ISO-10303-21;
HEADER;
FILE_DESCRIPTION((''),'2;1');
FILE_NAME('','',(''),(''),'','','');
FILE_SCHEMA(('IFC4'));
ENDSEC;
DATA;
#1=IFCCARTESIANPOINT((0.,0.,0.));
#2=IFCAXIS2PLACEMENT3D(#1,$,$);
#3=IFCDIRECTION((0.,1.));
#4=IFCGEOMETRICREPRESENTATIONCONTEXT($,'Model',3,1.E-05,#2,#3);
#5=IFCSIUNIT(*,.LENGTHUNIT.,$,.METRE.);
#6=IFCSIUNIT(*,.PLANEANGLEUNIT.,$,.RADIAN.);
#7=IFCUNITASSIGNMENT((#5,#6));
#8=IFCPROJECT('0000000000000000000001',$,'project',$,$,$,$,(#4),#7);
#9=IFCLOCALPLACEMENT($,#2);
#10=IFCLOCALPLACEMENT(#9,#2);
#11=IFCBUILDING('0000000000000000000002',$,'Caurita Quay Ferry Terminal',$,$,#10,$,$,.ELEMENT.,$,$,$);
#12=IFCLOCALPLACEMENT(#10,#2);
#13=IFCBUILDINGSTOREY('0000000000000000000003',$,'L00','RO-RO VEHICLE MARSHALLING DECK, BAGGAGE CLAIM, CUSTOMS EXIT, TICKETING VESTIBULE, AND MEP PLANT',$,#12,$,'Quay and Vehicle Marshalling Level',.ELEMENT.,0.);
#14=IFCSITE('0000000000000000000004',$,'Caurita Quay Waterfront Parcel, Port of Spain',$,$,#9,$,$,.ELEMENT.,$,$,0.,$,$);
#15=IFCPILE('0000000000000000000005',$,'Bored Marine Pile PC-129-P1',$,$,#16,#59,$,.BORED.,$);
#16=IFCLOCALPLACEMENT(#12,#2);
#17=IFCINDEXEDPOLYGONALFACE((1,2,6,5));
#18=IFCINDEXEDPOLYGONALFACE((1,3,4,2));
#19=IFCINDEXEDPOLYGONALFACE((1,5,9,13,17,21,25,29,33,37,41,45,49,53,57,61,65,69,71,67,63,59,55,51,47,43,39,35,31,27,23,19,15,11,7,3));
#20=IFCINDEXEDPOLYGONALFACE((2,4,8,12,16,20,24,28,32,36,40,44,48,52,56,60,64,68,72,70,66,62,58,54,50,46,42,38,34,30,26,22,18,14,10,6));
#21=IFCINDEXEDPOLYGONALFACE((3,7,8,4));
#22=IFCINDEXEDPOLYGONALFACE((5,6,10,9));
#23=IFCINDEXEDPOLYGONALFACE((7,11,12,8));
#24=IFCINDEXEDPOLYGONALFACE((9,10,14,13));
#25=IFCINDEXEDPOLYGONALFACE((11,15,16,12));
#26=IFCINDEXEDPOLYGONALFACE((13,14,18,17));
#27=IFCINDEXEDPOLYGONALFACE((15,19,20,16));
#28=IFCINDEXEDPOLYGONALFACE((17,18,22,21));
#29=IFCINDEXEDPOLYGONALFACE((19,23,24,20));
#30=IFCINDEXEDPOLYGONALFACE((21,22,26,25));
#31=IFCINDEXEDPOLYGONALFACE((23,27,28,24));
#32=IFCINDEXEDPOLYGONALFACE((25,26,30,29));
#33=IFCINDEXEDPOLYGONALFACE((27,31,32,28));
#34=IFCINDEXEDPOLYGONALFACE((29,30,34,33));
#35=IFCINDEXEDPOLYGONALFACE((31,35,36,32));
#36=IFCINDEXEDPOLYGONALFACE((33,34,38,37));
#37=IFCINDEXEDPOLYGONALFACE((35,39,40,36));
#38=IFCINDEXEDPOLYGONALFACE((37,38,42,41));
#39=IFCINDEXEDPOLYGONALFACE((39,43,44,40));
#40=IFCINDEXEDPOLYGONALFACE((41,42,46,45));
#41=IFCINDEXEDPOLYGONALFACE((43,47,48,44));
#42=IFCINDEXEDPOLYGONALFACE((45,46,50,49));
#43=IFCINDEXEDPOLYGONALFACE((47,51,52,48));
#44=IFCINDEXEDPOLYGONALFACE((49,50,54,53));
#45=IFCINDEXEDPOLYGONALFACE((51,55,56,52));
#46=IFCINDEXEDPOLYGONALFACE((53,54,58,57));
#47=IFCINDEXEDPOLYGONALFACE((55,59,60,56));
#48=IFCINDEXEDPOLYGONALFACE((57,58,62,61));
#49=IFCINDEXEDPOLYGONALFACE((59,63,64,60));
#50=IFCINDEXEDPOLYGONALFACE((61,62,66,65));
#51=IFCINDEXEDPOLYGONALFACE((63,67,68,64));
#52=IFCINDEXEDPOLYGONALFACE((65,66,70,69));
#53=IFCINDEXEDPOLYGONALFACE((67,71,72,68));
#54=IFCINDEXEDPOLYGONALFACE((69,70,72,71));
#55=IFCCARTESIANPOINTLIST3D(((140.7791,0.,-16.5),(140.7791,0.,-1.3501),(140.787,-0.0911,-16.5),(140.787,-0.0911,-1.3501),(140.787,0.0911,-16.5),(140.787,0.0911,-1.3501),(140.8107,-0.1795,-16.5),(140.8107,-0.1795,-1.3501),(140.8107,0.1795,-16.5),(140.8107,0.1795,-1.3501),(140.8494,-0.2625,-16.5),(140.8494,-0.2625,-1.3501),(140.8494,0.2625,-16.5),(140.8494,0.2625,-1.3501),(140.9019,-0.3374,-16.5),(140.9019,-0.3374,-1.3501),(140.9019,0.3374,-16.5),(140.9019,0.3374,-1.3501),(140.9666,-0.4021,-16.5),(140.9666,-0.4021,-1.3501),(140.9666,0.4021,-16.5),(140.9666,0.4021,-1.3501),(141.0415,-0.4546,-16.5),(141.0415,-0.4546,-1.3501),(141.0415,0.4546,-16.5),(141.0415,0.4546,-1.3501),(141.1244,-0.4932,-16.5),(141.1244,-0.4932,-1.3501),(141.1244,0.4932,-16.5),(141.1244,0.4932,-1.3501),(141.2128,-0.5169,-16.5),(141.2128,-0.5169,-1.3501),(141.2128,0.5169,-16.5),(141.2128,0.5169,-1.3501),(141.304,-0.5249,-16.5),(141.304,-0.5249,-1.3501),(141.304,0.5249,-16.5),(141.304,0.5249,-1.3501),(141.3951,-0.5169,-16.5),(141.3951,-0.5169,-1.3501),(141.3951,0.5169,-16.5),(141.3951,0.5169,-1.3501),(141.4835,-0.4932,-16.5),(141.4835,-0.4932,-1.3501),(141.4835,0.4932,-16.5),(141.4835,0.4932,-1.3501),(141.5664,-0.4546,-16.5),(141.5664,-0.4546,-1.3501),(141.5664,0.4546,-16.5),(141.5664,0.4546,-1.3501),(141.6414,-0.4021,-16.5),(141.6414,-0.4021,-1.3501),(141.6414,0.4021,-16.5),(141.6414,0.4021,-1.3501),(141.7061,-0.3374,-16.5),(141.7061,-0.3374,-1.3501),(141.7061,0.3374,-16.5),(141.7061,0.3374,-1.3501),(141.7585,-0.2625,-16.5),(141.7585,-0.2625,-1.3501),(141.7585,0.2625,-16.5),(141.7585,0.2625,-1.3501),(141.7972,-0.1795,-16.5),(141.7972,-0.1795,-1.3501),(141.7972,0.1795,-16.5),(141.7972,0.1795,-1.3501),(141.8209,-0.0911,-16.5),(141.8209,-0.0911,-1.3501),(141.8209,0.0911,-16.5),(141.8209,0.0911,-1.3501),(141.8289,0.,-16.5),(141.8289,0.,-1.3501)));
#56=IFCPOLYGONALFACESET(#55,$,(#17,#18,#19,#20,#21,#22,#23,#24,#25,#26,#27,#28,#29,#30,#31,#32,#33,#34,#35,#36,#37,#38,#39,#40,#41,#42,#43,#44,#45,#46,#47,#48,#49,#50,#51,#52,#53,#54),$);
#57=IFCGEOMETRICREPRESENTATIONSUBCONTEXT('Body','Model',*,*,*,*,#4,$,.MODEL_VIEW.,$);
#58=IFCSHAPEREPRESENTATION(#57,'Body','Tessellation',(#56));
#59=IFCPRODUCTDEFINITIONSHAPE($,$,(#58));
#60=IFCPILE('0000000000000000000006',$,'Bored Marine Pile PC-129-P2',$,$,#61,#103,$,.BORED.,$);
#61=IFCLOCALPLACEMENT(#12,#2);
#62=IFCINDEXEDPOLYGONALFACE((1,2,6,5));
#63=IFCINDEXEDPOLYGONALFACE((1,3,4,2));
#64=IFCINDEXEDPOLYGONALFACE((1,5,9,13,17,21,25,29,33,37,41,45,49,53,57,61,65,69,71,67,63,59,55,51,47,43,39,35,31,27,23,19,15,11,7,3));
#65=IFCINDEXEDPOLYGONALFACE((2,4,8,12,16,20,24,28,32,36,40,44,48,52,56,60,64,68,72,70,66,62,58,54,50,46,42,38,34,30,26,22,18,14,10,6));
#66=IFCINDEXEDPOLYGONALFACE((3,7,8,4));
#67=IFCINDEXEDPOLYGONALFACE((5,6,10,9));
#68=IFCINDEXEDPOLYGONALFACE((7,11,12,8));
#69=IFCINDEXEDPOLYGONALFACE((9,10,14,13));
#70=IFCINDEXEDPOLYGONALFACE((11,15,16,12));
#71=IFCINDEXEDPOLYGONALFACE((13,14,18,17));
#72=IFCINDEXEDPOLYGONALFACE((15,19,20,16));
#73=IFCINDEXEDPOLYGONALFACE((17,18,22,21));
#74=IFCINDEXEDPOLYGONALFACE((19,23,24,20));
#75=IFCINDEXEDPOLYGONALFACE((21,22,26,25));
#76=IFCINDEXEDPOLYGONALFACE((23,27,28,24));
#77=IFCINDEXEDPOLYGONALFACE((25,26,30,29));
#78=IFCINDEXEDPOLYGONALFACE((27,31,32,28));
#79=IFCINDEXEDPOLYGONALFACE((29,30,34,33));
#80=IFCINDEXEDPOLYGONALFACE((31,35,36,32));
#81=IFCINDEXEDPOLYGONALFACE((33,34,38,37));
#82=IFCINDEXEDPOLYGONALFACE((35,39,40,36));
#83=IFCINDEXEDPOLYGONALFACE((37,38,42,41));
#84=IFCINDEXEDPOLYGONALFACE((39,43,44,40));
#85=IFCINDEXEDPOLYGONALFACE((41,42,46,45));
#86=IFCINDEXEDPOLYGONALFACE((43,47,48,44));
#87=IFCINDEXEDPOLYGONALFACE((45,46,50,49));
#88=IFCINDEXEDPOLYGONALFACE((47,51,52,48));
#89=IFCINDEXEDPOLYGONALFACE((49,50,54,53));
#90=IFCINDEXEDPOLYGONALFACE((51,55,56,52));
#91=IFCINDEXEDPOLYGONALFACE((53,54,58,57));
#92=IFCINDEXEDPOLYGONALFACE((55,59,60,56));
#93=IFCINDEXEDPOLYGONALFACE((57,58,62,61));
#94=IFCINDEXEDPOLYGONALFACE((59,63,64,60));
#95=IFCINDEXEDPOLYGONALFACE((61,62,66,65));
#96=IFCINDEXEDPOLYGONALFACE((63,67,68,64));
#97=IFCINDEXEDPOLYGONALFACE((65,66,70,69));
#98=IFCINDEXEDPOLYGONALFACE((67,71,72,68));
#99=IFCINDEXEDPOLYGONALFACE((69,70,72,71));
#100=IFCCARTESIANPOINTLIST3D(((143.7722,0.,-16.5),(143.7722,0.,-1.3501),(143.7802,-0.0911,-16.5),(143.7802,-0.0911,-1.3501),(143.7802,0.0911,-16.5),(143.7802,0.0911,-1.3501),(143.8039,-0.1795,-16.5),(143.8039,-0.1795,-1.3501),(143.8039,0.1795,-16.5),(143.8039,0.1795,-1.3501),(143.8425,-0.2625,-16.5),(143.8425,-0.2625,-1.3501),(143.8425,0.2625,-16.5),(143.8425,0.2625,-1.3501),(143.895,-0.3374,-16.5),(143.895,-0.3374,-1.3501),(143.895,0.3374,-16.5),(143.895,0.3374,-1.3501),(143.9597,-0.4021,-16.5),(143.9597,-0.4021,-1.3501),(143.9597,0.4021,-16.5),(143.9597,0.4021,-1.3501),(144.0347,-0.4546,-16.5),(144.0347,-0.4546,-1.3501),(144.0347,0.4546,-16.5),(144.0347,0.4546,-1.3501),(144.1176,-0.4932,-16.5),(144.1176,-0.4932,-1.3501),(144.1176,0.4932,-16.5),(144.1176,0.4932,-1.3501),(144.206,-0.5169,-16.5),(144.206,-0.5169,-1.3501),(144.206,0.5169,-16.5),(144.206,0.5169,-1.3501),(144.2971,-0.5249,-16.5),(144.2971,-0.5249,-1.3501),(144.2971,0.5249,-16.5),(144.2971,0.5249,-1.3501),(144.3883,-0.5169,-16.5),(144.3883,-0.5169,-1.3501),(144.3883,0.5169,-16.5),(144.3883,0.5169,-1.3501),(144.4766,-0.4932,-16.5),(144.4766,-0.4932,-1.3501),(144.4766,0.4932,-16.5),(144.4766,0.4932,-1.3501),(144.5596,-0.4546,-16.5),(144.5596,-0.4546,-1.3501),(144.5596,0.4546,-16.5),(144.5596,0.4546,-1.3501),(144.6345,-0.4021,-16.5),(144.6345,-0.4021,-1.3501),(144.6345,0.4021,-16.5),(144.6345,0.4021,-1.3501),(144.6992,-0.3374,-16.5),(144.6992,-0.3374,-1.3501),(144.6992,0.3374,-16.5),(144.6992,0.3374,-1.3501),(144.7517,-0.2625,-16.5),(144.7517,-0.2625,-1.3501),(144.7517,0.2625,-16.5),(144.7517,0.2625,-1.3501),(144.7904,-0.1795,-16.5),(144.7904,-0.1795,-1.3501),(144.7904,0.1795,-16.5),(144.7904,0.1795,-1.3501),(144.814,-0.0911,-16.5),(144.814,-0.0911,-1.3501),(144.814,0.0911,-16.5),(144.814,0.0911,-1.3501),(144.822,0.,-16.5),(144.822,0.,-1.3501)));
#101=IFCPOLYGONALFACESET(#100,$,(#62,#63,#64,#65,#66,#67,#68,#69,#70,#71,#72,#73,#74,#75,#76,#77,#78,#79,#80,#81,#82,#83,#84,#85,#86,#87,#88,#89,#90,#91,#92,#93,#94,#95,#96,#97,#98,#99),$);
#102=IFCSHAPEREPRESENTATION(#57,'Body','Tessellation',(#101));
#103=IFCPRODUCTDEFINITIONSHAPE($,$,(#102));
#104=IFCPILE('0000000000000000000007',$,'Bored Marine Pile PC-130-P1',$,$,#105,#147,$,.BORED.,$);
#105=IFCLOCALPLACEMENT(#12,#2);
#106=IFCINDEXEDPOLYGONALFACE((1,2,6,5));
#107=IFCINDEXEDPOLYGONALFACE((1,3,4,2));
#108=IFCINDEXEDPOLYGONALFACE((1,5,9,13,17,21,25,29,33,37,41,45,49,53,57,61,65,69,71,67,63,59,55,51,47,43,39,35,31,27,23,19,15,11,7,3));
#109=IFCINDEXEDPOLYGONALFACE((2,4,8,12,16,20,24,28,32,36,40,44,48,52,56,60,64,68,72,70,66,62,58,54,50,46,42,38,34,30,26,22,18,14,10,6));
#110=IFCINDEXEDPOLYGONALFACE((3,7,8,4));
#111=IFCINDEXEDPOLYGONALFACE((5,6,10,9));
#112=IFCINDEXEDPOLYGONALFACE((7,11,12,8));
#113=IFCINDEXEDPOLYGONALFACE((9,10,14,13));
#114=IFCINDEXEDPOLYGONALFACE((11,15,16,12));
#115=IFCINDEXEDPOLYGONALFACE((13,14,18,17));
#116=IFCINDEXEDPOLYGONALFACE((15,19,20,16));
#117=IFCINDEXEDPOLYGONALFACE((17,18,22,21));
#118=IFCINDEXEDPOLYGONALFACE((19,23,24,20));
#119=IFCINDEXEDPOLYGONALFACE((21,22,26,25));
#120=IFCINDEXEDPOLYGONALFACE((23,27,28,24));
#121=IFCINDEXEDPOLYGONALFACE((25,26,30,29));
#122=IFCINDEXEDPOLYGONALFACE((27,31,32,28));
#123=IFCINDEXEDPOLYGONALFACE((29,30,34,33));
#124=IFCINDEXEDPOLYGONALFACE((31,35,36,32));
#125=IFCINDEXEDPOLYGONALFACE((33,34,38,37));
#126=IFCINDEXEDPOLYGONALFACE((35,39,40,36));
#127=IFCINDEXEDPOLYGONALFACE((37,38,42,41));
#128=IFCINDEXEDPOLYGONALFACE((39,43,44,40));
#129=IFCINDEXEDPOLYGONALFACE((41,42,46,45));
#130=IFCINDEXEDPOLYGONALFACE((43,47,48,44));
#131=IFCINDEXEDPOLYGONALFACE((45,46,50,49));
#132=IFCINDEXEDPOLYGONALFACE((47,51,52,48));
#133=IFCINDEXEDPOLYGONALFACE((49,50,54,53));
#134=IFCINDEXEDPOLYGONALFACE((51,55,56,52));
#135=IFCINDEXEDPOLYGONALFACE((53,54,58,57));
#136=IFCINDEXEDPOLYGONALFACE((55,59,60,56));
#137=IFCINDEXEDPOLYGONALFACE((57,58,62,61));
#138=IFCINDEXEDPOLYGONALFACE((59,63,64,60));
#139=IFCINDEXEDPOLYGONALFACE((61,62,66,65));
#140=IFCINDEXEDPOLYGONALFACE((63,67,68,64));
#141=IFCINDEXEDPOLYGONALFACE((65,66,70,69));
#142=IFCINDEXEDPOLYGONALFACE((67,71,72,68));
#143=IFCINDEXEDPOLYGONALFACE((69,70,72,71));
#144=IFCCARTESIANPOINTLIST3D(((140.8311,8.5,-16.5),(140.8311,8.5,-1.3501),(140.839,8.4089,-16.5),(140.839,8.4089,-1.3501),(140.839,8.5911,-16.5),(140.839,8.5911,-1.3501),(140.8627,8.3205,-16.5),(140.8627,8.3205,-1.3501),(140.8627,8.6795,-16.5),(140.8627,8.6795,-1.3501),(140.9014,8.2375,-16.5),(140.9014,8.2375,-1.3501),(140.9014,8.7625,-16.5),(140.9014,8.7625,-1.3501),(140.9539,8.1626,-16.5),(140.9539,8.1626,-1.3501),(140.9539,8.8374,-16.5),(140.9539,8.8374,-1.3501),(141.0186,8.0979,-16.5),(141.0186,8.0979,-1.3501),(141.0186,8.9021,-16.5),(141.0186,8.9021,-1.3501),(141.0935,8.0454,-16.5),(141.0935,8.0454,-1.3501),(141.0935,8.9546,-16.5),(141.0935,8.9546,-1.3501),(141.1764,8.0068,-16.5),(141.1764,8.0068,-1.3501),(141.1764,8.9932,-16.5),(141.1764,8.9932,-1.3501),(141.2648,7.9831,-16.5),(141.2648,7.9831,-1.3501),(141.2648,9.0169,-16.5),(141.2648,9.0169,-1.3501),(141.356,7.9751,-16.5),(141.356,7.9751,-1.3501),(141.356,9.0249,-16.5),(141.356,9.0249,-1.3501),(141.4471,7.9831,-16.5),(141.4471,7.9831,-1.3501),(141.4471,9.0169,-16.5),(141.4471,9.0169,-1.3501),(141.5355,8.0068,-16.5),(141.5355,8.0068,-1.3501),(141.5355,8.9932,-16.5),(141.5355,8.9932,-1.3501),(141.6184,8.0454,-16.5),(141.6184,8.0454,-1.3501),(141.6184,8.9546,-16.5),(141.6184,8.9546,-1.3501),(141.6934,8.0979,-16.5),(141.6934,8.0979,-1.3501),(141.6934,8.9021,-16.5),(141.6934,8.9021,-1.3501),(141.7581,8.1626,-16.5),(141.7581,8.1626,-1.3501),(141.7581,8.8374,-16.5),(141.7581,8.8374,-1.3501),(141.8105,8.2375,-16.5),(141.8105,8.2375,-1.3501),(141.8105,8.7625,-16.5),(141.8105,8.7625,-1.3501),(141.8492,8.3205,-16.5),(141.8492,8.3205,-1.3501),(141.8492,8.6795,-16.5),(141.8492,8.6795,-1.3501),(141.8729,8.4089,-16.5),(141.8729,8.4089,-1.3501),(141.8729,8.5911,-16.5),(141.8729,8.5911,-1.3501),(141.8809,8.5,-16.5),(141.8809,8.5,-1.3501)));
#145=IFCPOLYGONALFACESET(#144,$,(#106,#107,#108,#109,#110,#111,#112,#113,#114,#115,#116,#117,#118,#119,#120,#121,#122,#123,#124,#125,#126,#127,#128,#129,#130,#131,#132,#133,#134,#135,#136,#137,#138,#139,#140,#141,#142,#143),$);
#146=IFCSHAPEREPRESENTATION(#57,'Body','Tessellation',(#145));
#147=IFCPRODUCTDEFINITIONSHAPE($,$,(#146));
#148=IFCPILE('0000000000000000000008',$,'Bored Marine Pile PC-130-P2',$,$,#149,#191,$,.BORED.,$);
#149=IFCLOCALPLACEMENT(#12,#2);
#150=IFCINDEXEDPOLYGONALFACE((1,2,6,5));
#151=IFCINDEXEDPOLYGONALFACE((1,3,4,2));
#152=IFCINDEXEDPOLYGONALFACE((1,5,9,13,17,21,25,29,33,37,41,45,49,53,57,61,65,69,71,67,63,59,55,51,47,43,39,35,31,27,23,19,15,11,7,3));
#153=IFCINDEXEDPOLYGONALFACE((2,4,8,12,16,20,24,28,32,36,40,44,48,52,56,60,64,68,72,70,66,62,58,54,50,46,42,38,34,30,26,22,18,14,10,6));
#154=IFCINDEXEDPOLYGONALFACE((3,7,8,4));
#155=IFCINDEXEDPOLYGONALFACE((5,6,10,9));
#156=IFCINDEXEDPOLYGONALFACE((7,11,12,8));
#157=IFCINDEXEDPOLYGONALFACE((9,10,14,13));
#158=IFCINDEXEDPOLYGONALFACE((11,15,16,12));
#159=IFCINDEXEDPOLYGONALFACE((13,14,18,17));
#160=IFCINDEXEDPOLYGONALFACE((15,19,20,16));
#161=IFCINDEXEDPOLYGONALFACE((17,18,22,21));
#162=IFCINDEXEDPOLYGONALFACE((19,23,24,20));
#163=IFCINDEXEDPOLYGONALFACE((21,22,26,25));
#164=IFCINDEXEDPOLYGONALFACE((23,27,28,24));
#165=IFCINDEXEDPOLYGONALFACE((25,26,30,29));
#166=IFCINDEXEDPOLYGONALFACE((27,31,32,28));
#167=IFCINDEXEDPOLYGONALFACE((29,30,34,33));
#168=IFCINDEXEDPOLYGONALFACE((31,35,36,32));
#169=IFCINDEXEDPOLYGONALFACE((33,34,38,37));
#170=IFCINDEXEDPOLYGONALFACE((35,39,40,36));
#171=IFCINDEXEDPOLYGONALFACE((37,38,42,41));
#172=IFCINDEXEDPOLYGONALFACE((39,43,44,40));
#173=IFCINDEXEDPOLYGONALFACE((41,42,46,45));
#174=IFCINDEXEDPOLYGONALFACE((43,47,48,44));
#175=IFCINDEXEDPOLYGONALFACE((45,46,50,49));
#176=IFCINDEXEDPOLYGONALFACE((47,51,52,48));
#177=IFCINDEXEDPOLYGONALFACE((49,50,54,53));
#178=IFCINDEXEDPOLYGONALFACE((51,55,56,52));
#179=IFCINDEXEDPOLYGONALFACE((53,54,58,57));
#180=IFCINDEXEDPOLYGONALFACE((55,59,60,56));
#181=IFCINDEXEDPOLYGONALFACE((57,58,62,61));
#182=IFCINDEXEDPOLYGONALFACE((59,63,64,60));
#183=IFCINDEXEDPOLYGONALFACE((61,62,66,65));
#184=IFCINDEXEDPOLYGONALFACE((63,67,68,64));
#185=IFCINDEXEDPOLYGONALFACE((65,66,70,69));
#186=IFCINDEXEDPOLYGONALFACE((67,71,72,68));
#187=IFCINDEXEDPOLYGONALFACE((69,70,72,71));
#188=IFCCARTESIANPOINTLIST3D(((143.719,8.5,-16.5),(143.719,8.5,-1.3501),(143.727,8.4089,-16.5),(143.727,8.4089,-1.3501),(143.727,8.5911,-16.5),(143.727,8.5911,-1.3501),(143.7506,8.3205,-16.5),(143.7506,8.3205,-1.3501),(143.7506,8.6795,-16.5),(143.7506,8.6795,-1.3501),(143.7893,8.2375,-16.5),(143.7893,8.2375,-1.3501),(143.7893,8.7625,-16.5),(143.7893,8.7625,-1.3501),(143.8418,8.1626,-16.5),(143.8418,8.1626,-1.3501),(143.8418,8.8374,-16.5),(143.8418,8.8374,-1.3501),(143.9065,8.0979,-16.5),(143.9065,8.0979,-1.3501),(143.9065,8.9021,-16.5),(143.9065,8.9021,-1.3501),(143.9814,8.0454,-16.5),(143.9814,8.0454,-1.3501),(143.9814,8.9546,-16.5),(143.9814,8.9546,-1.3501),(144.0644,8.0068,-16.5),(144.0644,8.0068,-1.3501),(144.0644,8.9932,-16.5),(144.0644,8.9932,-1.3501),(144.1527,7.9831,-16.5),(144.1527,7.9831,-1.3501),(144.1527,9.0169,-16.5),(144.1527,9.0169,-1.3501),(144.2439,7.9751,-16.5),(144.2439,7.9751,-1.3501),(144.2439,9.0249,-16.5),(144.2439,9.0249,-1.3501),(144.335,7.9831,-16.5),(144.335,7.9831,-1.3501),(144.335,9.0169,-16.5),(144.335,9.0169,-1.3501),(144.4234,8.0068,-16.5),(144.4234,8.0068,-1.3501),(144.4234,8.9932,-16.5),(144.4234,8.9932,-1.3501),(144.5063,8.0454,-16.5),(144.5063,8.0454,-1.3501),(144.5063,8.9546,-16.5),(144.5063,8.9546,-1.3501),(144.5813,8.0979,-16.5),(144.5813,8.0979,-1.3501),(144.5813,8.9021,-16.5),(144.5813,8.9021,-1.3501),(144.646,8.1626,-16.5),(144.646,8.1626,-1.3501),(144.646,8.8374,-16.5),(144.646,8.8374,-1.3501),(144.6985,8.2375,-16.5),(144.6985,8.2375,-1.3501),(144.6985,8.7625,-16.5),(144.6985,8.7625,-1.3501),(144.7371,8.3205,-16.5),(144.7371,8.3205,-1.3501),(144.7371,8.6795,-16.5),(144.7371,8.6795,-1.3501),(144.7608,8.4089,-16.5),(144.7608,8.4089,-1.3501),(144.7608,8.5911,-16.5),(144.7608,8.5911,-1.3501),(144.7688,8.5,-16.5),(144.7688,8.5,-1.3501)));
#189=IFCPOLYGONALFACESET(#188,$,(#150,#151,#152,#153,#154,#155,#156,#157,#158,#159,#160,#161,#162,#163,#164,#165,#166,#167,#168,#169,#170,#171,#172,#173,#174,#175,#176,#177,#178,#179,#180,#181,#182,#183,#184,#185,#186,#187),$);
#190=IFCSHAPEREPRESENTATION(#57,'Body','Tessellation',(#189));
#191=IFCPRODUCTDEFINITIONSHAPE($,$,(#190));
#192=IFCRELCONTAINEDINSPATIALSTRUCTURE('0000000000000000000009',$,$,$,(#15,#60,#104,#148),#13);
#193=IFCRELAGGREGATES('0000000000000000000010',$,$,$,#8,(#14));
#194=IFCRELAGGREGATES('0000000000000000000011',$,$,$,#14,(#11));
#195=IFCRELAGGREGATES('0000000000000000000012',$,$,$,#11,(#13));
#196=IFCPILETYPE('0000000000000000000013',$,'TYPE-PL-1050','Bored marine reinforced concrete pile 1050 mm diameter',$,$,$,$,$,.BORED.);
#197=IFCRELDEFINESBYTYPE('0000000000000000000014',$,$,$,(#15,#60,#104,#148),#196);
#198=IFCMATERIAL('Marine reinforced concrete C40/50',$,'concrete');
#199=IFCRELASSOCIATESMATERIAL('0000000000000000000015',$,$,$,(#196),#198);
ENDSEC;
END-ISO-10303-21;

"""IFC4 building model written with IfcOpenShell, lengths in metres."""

from ifc_helpers import new_model, si_unit, direction, frame, origin, origin_2d, place, context, subcontext, project, spatial, circle, extrude, material, material_profile, profile_set, type_object, element, save


model = new_model("IFC4")

# Units and contexts
model_context = context("Model", 3, precision=1e-05, world=origin(), true_north=direction((0.0, 1.0)))
body_context = subcontext(model_context, "Body", "Model", "MODEL_VIEW")
ifc_project = project(units=[si_unit("LENGTHUNIT", "METRE"), si_unit("PLANEANGLEUNIT", "RADIAN")], contexts=[model_context])

# Site, building, storey
site_placement = place(None, origin())
site = spatial("IfcSite", under=ifc_project, at=site_placement, Name="Caurita Quay Waterfront Parcel, Port of Spain", CompositionType="ELEMENT", RefElevation=0.0)
building_placement = place(site_placement, origin())
building = spatial("IfcBuilding", under=site, at=building_placement, Name="Caurita Quay Ferry Terminal", CompositionType="ELEMENT")
storey_placement = place(building_placement, origin())
storey = spatial("IfcBuildingStorey", under=building, at=storey_placement, Name="L00", Description="RO-RO VEHICLE MARSHALLING DECK, BAGGAGE CLAIM, CUSTOMS EXIT, TICKETING VESTIBULE, AND MEP PLANT", LongName="Quay and Vehicle Marshalling Level", CompositionType="ELEMENT", Elevation=0.0)

# Piles
ifc_material_1 = material(Name="Marine reinforced concrete C40/50", Category="concrete")
ifc_material_profile_1 = material_profile(ifc_material_1, circle(Radius=0.5249, at=origin_2d()), Name="PILE-D1050")
ifc_profile_set_1 = profile_set([ifc_material_profile_1], Name="Marine reinforced concrete C40/50")
pile_type_1 = type_object("IfcPileType", Name="TYPE-PL-1050", Description="Bored marine reinforced concrete pile 1050 mm diameter", PredefinedType="BORED", material=ifc_profile_set_1)
for number, where, z_axis, x_axis, name in (
    (1, (141.304, 0.0, -1.3501), (0.0, 0.0, -1.0), (1.0, 0.0, 0.0), "Bored Marine Pile PC-129-P1"),
    (2, (144.2971, 0.0, -1.3501), (0.0, 0.0, -1.0), (1.0, 0.0, 0.0), "Bored Marine Pile PC-129-P2"),
    (3, (141.356, 8.5, -1.3501), (0.0, 0.0, -1.0), (1.0, 0.0, 0.0), "Bored Marine Pile PC-130-P1"),
    (4, (144.2439, 8.5, -1.3501), (0.0, 0.0, -1.0), (1.0, 0.0, 0.0), "Bored Marine Pile PC-130-P2"),
):
    element("IfcPile", number, at=place(storey_placement, frame(where, z_axis=z_axis, x_axis=x_axis)), inside=storey, type_object=pile_type_1, Name=name, PredefinedType="BORED", context=body_context, shape_type="SweptSolid", body=[
        extrude(circle(Radius=0.5249, at=origin_2d()), origin(), (0.0, 0.0, 1.0), 15.1499),
    ])

save(model, "model.ifc")
